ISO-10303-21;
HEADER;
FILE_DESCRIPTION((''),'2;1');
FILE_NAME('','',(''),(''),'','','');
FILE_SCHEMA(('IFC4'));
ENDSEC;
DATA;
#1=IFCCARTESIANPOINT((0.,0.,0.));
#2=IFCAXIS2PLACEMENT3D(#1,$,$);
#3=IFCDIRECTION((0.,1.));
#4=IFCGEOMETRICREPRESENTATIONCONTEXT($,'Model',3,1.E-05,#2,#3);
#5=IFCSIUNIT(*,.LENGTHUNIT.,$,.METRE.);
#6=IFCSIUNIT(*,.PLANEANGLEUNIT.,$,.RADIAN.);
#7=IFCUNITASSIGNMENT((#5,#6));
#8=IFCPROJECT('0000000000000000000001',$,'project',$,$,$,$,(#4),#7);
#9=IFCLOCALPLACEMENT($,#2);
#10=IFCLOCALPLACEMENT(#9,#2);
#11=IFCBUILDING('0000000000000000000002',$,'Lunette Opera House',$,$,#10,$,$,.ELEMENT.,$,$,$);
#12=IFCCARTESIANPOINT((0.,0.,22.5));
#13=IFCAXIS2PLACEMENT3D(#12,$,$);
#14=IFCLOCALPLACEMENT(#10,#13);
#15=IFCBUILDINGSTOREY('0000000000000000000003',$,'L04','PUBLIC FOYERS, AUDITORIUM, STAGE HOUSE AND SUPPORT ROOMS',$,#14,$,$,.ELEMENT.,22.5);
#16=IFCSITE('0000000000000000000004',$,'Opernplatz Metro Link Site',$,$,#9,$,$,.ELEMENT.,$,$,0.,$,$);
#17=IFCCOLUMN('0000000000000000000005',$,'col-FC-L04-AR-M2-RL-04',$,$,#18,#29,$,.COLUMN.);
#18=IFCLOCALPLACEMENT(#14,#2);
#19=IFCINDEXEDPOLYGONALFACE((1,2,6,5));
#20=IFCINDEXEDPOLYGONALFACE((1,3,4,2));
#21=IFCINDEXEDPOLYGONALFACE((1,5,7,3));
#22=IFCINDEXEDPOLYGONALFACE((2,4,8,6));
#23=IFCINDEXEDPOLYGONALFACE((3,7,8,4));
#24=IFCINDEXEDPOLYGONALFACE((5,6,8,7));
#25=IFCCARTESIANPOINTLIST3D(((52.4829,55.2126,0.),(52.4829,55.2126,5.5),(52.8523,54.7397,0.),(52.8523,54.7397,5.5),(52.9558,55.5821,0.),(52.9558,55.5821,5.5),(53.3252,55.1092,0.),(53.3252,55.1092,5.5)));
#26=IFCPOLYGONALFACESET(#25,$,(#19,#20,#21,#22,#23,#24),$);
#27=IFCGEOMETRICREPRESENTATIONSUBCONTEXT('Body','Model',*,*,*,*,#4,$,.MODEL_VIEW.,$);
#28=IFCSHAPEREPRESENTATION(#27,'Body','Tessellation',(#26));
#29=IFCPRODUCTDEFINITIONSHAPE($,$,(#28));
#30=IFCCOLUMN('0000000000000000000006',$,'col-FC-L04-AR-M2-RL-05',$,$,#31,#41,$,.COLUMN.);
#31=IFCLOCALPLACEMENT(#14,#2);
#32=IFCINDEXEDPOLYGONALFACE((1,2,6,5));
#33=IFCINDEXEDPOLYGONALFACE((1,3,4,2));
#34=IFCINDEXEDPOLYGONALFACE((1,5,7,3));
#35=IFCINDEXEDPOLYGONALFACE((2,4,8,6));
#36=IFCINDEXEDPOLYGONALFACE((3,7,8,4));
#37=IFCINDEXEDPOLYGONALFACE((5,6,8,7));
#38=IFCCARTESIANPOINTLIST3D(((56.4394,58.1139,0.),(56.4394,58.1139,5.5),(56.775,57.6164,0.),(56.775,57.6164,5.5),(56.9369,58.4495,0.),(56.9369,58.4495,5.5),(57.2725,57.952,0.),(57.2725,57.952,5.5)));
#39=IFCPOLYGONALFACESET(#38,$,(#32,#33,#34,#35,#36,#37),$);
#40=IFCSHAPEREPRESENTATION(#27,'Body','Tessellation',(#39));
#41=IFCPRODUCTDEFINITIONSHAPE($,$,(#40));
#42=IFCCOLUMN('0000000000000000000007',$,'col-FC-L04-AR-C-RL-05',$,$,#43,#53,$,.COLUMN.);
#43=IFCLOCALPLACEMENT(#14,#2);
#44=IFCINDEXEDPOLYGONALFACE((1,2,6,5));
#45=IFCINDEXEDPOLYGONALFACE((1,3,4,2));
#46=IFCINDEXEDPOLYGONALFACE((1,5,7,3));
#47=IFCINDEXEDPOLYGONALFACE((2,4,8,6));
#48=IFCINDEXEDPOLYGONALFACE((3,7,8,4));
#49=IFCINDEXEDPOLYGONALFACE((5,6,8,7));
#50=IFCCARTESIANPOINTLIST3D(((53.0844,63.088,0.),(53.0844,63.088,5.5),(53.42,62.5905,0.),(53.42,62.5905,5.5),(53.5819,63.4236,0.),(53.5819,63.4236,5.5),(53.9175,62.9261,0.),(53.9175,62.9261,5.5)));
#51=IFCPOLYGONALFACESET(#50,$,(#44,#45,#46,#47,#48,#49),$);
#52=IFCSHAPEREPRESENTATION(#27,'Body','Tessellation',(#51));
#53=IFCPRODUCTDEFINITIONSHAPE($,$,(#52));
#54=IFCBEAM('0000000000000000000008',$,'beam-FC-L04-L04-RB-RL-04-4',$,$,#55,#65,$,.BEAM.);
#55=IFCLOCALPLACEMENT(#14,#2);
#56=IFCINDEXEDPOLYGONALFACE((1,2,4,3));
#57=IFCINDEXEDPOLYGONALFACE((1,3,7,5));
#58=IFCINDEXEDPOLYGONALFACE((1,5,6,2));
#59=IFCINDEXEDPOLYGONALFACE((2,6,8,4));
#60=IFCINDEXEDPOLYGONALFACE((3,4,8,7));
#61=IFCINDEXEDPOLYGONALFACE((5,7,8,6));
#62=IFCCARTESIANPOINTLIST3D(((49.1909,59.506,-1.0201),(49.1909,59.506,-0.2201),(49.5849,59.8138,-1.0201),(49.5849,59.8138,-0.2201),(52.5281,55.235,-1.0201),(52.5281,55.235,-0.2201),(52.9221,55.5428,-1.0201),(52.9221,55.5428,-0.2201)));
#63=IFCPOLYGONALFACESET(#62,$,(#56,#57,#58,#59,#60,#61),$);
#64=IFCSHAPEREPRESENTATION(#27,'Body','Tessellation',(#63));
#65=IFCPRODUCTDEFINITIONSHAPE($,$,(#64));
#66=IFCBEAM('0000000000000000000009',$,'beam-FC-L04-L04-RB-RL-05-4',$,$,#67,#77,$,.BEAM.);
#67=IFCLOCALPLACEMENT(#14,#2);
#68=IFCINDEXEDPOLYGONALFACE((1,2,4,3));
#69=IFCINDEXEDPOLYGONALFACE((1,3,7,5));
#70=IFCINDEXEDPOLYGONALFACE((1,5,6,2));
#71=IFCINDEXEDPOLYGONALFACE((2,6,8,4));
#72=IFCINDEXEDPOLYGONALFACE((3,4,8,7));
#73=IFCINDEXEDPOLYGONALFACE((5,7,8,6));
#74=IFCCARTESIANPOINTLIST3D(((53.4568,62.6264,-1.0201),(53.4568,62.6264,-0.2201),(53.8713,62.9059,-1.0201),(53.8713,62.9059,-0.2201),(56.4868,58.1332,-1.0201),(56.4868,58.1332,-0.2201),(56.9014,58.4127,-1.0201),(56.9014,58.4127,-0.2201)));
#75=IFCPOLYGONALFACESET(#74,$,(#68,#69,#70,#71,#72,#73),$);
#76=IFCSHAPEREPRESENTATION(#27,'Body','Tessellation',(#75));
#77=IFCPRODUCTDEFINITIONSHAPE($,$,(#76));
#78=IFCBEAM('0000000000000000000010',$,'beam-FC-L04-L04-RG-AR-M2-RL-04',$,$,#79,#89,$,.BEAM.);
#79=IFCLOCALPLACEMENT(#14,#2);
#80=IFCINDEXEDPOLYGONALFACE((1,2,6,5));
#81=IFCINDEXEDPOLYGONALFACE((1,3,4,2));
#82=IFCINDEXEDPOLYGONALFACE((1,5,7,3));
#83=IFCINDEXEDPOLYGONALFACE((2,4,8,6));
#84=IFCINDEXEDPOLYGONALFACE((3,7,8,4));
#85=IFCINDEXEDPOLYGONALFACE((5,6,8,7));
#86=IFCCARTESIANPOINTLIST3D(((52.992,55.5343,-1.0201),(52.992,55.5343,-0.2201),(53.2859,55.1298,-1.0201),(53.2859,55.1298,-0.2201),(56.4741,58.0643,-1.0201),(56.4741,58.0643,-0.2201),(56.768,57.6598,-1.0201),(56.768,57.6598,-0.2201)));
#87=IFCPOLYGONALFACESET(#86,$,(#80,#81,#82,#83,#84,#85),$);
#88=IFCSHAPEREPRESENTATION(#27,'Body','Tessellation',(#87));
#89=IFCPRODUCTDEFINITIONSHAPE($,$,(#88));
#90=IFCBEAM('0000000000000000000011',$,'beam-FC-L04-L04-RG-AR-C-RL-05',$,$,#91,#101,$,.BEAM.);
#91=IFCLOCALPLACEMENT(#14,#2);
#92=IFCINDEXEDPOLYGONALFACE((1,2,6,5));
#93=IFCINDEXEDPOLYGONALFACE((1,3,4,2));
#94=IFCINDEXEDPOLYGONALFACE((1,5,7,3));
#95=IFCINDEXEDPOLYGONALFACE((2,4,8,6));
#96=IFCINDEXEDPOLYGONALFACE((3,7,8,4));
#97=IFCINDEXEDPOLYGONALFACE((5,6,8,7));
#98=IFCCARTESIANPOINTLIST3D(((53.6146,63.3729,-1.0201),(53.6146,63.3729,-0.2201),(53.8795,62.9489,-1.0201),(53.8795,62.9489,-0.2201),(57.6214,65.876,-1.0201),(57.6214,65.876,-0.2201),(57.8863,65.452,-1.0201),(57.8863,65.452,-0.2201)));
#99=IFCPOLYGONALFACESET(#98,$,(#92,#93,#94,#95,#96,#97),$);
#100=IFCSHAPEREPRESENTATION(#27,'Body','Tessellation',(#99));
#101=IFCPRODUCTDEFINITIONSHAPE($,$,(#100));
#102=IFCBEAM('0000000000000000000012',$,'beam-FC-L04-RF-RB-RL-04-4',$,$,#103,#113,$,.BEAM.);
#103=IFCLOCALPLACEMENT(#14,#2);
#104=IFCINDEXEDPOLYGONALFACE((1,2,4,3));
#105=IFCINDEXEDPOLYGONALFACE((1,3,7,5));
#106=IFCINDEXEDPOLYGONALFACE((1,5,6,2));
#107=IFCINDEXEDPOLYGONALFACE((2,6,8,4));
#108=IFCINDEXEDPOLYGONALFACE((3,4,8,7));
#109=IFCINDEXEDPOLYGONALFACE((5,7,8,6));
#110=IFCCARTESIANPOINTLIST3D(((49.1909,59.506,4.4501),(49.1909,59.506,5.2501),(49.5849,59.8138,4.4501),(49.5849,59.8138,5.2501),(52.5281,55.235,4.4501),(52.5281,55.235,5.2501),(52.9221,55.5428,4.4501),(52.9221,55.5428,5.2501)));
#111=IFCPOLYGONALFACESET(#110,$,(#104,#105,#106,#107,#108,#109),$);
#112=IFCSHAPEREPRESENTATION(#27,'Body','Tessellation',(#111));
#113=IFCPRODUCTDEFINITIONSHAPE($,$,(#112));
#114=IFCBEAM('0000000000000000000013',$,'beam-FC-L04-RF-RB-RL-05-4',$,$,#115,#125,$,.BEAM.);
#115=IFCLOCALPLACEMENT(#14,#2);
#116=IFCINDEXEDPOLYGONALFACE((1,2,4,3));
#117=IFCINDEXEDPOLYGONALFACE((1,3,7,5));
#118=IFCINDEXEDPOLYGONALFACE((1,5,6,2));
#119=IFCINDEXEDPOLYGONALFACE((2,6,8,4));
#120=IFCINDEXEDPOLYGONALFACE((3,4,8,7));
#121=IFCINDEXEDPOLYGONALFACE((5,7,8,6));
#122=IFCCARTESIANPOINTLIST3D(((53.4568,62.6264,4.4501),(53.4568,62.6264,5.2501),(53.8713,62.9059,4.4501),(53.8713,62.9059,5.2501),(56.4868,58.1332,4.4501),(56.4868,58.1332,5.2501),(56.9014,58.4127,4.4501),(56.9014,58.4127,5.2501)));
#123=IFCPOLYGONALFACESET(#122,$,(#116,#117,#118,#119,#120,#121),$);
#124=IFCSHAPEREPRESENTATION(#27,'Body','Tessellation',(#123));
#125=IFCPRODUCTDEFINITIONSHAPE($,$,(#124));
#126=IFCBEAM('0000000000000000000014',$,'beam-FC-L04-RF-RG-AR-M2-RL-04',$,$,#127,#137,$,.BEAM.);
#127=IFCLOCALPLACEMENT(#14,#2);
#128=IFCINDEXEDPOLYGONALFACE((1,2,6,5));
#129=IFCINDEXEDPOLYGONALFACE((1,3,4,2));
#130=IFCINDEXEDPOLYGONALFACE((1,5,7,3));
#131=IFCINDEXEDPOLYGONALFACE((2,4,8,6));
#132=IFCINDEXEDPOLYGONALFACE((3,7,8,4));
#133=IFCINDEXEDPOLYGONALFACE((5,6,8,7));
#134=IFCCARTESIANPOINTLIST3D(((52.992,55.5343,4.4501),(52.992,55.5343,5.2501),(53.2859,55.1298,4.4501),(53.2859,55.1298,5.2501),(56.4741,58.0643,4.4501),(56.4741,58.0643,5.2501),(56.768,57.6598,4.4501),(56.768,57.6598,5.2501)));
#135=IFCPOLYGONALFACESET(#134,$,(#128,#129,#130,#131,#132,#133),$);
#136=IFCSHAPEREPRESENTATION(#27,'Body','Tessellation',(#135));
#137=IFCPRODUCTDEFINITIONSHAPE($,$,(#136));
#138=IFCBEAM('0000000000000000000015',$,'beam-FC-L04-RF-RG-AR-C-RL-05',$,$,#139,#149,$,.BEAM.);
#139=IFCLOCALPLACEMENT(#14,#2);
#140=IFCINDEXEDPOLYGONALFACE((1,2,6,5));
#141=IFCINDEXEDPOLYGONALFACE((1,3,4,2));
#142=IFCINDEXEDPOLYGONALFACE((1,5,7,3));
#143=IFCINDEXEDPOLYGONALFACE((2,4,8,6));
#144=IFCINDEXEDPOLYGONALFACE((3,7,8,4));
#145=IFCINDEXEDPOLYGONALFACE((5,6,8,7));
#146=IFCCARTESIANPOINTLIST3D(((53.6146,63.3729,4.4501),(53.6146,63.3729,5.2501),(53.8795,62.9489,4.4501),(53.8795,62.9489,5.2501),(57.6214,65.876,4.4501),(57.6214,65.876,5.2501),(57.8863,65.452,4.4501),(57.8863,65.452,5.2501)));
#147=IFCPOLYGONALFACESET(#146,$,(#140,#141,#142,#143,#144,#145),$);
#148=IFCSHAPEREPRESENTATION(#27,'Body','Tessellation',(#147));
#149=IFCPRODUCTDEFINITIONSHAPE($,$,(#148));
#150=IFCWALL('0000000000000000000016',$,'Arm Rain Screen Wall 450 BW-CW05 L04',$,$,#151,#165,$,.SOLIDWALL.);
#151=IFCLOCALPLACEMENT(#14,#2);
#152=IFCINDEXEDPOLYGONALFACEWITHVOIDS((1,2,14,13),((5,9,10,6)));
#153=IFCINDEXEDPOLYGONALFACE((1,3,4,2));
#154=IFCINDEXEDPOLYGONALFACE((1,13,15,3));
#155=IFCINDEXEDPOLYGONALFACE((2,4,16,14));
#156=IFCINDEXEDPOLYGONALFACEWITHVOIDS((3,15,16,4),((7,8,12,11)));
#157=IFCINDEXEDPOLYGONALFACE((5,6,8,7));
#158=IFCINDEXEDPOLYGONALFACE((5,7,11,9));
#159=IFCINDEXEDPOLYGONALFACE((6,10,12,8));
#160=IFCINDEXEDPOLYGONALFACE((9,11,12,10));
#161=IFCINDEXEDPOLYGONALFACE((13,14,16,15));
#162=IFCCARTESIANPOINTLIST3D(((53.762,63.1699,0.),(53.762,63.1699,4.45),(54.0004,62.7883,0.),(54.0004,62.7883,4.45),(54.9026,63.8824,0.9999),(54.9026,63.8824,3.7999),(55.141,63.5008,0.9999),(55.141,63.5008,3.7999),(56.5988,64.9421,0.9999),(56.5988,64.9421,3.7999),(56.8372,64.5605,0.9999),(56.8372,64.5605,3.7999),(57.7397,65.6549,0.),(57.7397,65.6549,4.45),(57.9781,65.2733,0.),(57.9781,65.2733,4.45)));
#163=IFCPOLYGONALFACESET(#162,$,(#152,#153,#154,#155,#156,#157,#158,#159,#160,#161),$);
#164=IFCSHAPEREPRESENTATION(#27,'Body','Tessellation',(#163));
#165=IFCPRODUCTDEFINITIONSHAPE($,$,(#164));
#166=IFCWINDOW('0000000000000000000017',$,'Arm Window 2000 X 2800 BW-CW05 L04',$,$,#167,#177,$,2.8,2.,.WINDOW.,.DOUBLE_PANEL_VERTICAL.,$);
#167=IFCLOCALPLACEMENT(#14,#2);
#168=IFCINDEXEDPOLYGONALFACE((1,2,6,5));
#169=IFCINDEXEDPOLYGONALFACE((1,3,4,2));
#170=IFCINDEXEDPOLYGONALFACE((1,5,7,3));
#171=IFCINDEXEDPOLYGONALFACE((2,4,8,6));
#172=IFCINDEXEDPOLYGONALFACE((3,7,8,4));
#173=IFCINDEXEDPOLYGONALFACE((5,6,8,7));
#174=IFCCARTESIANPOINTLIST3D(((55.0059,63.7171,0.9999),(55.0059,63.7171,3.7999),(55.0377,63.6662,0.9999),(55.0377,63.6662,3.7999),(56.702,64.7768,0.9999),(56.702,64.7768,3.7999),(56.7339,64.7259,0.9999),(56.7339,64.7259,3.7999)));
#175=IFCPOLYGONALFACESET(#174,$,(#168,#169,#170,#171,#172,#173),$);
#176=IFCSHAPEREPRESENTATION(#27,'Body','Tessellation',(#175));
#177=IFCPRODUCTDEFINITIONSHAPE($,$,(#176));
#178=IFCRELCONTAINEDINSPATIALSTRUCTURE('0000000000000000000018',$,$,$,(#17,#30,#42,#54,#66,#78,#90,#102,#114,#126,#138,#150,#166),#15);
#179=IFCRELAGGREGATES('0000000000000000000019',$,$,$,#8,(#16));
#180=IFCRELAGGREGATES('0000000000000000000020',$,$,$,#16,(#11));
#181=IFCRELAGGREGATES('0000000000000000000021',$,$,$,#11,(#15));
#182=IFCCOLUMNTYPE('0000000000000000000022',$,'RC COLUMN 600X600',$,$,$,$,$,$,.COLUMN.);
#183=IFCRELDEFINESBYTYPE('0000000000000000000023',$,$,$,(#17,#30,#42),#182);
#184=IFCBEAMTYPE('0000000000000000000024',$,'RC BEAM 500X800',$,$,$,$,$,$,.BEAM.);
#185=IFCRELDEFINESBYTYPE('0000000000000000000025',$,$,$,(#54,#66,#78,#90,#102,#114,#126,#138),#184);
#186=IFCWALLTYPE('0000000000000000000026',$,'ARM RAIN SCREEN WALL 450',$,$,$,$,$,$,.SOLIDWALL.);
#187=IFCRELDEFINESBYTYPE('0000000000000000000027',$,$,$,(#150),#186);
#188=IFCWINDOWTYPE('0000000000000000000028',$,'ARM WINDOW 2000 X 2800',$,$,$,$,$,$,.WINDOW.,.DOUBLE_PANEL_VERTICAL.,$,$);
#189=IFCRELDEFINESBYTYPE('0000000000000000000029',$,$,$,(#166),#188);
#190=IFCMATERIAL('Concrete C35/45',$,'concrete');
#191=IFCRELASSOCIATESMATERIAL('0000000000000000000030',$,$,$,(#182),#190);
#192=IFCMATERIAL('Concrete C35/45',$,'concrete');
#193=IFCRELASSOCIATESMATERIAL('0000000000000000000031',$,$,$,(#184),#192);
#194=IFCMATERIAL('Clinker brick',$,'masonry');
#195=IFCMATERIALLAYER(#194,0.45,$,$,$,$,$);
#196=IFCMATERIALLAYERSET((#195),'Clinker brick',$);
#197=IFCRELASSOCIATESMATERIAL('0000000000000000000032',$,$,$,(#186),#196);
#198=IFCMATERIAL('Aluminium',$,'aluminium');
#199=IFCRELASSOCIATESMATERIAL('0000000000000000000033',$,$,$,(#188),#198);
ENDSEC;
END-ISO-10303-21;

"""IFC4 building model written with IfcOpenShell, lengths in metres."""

from ifc_helpers import new_model, si_unit, direction, frame, frame_2d, origin, origin_2d, place, context, subcontext, project, spatial, rectangle, extrude, material, layer, layer_set, material_profile, profile_set, type_object, element, fill, save


model = new_model("IFC4")

# Units and contexts
model_context = context("Model", 3, precision=1e-05, world=origin(), true_north=direction((0.0, 1.0)))
body_context = subcontext(model_context, "Body", "Model", "MODEL_VIEW")
ifc_project = project(units=[si_unit("LENGTHUNIT", "METRE"), si_unit("PLANEANGLEUNIT", "RADIAN")], contexts=[model_context])

# Site, building, storey
site_placement = place(None, origin())
site = spatial("IfcSite", under=ifc_project, at=site_placement, Name="Opernplatz Metro Link Site", CompositionType="ELEMENT", RefElevation=0.0)
building_placement = place(site_placement, origin())
building = spatial("IfcBuilding", under=site, at=building_placement, Name="Lunette Opera House", CompositionType="ELEMENT")
storey_placement = place(building_placement, frame((0.0, 0.0, 22.5)))
storey = spatial("IfcBuildingStorey", under=building, at=storey_placement, Name="L04", Description="PUBLIC FOYERS, AUDITORIUM, STAGE HOUSE AND SUPPORT ROOMS", CompositionType="ELEMENT", Elevation=22.5)

# Columns
ifc_material_1 = material(Name="Concrete C35/45", Category="concrete")
ifc_material_profile_1 = material_profile(ifc_material_1, rectangle(XDim=0.6001, YDim=0.6001, at=origin_2d()), Name="RC COLUMN 600X600")
ifc_profile_set_1 = profile_set([ifc_material_profile_1], Name="Concrete C35/45")
column_type = type_object("IfcColumnType", Name="RC COLUMN 600X600", PredefinedType="COLUMN", material=ifc_profile_set_1)
for number, where, z_axis, x_axis, name in (
    (1, (52.9041, 55.1609, 0.0), (0.0, 0.0, 1.0), (0.788011, 0.615661, 0.0), "col-FC-L04-AR-M2-RL-04"),
    (2, (56.856, 58.033, 0.0), (0.0, 0.0, 1.0), (0.829038, 0.559193, 0.0), "col-FC-L04-AR-M2-RL-05"),
    (3, (53.501, 63.0071, 0.0), (0.0, 0.0, 1.0), (0.829038, 0.559193, 0.0), "col-FC-L04-AR-C-RL-05"),
):
    element("IfcColumn", number, at=place(storey_placement, frame(where, z_axis=z_axis, x_axis=x_axis)), inside=storey, type_object=column_type, Name=name, PredefinedType="COLUMN", context=body_context, shape_type="SweptSolid", body=[
        extrude(rectangle(XDim=0.6001, YDim=0.6001, at=origin_2d()), origin(), (0.0, 0.0, 1.0), 5.5),
    ])

# Beams
ifc_material_2 = material(Name="Concrete C35/45", Category="concrete")
ifc_material_profile_2 = material_profile(ifc_material_2, rectangle(XDim=0.5, YDim=0.8, at=origin_2d()), Name="RC BEAM 500X800")
ifc_profile_set_2 = profile_set([ifc_material_profile_2], Name="Concrete C35/45")
beam_type = type_object("IfcBeamType", Name="RC BEAM 500X800", PredefinedType="BEAM", material=ifc_profile_set_2)
beam_1_placement = place(storey_placement, frame((52.7251, 55.3889, -0.6201), z_axis=(-0.615695, 0.787985, 0.0), x_axis=(-0.787985, -0.615695, 0.0)))
element("IfcBeam", 4, at=beam_1_placement, inside=storey, type_object=beam_type, Name="beam-FC-L04-L04-RB-RL-04-4", PredefinedType="BEAM", context=body_context, shape_type="SweptSolid", body=[
    extrude(rectangle(XDim=0.5, YDim=0.8, at=origin_2d()), origin(), (0.0, 0.0, 1.0), 5.4202),
])
beam_2_placement = place(storey_placement, frame((56.6941, 58.2729, -0.6201), z_axis=(-0.559111, 0.829093, 0.0), x_axis=(-0.829093, -0.559111, 0.0)))
element("IfcBeam", 5, at=beam_2_placement, inside=storey, type_object=beam_type, Name="beam-FC-L04-L04-RB-RL-05-4", PredefinedType="BEAM", context=body_context, shape_type="SweptSolid", body=[
    extrude(rectangle(XDim=0.5, YDim=0.8, at=origin_2d()), origin(), (0.0, 0.0, 1.0), 5.4194),
])
beam_3_placement = place(storey_placement, frame((53.1389, 55.332, -0.6201), z_axis=(0.809008, 0.587797, 0.0), x_axis=(-0.587797, 0.809008, 0.0)))
element("IfcBeam", 6, at=beam_3_placement, inside=storey, type_object=beam_type, Name="beam-FC-L04-L04-RG-AR-M2-RL-04", PredefinedType="BEAM", context=body_context, shape_type="SweptSolid", body=[
    extrude(rectangle(XDim=0.5, YDim=0.8, at=origin_2d()), origin(), (0.0, 0.0, 1.0), 4.3042),
])
beam_4_placement = place(storey_placement, frame((53.7471, 63.1609, -0.6201), z_axis=(0.848103, 0.529832, 0.0), x_axis=(-0.529832, 0.848103, 0.0)))
element("IfcBeam", 7, at=beam_4_placement, inside=storey, type_object=beam_type, Name="beam-FC-L04-L04-RG-AR-C-RL-05", PredefinedType="BEAM", context=body_context, shape_type="SweptSolid", body=[
    extrude(rectangle(XDim=0.5, YDim=0.8, at=origin_2d()), origin(), (0.0, 0.0, 1.0), 4.7244),
])
beam_5_placement = place(storey_placement, frame((52.7251, 55.3889, 4.8501), z_axis=(-0.615695, 0.787985, 0.0), x_axis=(-0.787985, -0.615695, 0.0)))
element("IfcBeam", 8, at=beam_5_placement, inside=storey, type_object=beam_type, Name="beam-FC-L04-RF-RB-RL-04-4", PredefinedType="BEAM", context=body_context, shape_type="SweptSolid", body=[
    extrude(rectangle(XDim=0.5, YDim=0.8, at=origin_2d()), origin(), (0.0, 0.0, 1.0), 5.4202),
])
beam_6_placement = place(storey_placement, frame((56.6941, 58.2729, 4.8501), z_axis=(-0.559111, 0.829093, 0.0), x_axis=(-0.829093, -0.559111, 0.0)))
element("IfcBeam", 9, at=beam_6_placement, inside=storey, type_object=beam_type, Name="beam-FC-L04-RF-RB-RL-05-4", PredefinedType="BEAM", context=body_context, shape_type="SweptSolid", body=[
    extrude(rectangle(XDim=0.5, YDim=0.8, at=origin_2d()), origin(), (0.0, 0.0, 1.0), 5.4194),
])
beam_7_placement = place(storey_placement, frame((53.1389, 55.332, 4.8501), z_axis=(0.809008, 0.587797, 0.0), x_axis=(-0.587797, 0.809008, 0.0)))
element("IfcBeam", 10, at=beam_7_placement, inside=storey, type_object=beam_type, Name="beam-FC-L04-RF-RG-AR-M2-RL-04", PredefinedType="BEAM", context=body_context, shape_type="SweptSolid", body=[
    extrude(rectangle(XDim=0.5, YDim=0.8, at=origin_2d()), origin(), (0.0, 0.0, 1.0), 4.3042),
])
beam_8_placement = place(storey_placement, frame((53.7471, 63.1609, 4.8501), z_axis=(0.848103, 0.529832, 0.0), x_axis=(-0.529832, 0.848103, 0.0)))
element("IfcBeam", 11, at=beam_8_placement, inside=storey, type_object=beam_type, Name="beam-FC-L04-RF-RG-AR-C-RL-05", PredefinedType="BEAM", context=body_context, shape_type="SweptSolid", body=[
    extrude(rectangle(XDim=0.5, YDim=0.8, at=origin_2d()), origin(), (0.0, 0.0, 1.0), 4.7244),
])

# Wall, opening, window
ifc_material_3 = material(Name="Clinker brick", Category="masonry")
ifc_layer_1 = layer(ifc_material_3, 0.45)
ifc_layer_set_1 = layer_set([ifc_layer_1], Name="Clinker brick")
wall_type_1 = type_object("IfcWallType", Name="ARM RAIN SCREEN WALL 450", PredefinedType="SOLIDWALL", material=ifc_layer_set_1)
wall_1_placement = place(storey_placement, frame((53.8811, 62.979, 0.0), z_axis=(0.0, 0.0, 1.0), x_axis=(0.848095, 0.529845, 0.0)))
wall_1 = element("IfcWall", 12, at=wall_1_placement, inside=storey, type_object=wall_type_1, Name="Arm Rain Screen Wall 450 BW-CW05 L04", PredefinedType="SOLIDWALL", context=body_context, shape_type="SweptSolid", body=[
    extrude(rectangle(XDim=4.6902, YDim=0.45, at=frame_2d((2.3452, 0.0))), origin(), (0.0, 0.0, 1.0), 4.45),
])
opening_1_placement = place(wall_1_placement, frame((1.345, 0.0, 1.0)))
opening_1 = element("IfcOpeningElement", 13, at=opening_1_placement, cuts=wall_1, PredefinedType="OPENING", context=body_context, shape_type="SweptSolid", body=[
    extrude(rectangle(XDim=2.0, YDim=2.8, at=frame_2d((1.0, 1.3999))), frame((0.0, 0.2371, 0.0), z_axis=(0.0, -1.0, 0.0), x_axis=(1.0, 0.0, 0.0)), (0.0, 0.0, 1.0), 0.4739),
])
ifc_material_4 = material(Name="Aluminium", Category="aluminium")
window_type = type_object("IfcWindowType", Name="ARM WINDOW 2000 X 2800", PartitioningType="DOUBLE_PANEL_VERTICAL", PredefinedType="WINDOW", material=ifc_material_4)
window_placement = place(opening_1_placement, origin())
window = element("IfcWindow", 14, at=window_placement, inside=storey, type_object=window_type, Name="Arm Window 2000 X 2800 BW-CW05 L04", OverallHeight=2.8, OverallWidth=2.0, PartitioningType="DOUBLE_PANEL_VERTICAL", PredefinedType="WINDOW", context=body_context, shape_type="SweptSolid", body=[
    extrude(rectangle(XDim=2.0, YDim=2.8, at=frame_2d((1.0, 1.3999))), frame((0.0, 0.03, 0.0), z_axis=(0.0, -1.0, 0.0), x_axis=(1.0, 0.0, 0.0)), (0.0, 0.0, 1.0), 0.0601),
])
fill(opening_1, window)

save(model, "model.ifc")
